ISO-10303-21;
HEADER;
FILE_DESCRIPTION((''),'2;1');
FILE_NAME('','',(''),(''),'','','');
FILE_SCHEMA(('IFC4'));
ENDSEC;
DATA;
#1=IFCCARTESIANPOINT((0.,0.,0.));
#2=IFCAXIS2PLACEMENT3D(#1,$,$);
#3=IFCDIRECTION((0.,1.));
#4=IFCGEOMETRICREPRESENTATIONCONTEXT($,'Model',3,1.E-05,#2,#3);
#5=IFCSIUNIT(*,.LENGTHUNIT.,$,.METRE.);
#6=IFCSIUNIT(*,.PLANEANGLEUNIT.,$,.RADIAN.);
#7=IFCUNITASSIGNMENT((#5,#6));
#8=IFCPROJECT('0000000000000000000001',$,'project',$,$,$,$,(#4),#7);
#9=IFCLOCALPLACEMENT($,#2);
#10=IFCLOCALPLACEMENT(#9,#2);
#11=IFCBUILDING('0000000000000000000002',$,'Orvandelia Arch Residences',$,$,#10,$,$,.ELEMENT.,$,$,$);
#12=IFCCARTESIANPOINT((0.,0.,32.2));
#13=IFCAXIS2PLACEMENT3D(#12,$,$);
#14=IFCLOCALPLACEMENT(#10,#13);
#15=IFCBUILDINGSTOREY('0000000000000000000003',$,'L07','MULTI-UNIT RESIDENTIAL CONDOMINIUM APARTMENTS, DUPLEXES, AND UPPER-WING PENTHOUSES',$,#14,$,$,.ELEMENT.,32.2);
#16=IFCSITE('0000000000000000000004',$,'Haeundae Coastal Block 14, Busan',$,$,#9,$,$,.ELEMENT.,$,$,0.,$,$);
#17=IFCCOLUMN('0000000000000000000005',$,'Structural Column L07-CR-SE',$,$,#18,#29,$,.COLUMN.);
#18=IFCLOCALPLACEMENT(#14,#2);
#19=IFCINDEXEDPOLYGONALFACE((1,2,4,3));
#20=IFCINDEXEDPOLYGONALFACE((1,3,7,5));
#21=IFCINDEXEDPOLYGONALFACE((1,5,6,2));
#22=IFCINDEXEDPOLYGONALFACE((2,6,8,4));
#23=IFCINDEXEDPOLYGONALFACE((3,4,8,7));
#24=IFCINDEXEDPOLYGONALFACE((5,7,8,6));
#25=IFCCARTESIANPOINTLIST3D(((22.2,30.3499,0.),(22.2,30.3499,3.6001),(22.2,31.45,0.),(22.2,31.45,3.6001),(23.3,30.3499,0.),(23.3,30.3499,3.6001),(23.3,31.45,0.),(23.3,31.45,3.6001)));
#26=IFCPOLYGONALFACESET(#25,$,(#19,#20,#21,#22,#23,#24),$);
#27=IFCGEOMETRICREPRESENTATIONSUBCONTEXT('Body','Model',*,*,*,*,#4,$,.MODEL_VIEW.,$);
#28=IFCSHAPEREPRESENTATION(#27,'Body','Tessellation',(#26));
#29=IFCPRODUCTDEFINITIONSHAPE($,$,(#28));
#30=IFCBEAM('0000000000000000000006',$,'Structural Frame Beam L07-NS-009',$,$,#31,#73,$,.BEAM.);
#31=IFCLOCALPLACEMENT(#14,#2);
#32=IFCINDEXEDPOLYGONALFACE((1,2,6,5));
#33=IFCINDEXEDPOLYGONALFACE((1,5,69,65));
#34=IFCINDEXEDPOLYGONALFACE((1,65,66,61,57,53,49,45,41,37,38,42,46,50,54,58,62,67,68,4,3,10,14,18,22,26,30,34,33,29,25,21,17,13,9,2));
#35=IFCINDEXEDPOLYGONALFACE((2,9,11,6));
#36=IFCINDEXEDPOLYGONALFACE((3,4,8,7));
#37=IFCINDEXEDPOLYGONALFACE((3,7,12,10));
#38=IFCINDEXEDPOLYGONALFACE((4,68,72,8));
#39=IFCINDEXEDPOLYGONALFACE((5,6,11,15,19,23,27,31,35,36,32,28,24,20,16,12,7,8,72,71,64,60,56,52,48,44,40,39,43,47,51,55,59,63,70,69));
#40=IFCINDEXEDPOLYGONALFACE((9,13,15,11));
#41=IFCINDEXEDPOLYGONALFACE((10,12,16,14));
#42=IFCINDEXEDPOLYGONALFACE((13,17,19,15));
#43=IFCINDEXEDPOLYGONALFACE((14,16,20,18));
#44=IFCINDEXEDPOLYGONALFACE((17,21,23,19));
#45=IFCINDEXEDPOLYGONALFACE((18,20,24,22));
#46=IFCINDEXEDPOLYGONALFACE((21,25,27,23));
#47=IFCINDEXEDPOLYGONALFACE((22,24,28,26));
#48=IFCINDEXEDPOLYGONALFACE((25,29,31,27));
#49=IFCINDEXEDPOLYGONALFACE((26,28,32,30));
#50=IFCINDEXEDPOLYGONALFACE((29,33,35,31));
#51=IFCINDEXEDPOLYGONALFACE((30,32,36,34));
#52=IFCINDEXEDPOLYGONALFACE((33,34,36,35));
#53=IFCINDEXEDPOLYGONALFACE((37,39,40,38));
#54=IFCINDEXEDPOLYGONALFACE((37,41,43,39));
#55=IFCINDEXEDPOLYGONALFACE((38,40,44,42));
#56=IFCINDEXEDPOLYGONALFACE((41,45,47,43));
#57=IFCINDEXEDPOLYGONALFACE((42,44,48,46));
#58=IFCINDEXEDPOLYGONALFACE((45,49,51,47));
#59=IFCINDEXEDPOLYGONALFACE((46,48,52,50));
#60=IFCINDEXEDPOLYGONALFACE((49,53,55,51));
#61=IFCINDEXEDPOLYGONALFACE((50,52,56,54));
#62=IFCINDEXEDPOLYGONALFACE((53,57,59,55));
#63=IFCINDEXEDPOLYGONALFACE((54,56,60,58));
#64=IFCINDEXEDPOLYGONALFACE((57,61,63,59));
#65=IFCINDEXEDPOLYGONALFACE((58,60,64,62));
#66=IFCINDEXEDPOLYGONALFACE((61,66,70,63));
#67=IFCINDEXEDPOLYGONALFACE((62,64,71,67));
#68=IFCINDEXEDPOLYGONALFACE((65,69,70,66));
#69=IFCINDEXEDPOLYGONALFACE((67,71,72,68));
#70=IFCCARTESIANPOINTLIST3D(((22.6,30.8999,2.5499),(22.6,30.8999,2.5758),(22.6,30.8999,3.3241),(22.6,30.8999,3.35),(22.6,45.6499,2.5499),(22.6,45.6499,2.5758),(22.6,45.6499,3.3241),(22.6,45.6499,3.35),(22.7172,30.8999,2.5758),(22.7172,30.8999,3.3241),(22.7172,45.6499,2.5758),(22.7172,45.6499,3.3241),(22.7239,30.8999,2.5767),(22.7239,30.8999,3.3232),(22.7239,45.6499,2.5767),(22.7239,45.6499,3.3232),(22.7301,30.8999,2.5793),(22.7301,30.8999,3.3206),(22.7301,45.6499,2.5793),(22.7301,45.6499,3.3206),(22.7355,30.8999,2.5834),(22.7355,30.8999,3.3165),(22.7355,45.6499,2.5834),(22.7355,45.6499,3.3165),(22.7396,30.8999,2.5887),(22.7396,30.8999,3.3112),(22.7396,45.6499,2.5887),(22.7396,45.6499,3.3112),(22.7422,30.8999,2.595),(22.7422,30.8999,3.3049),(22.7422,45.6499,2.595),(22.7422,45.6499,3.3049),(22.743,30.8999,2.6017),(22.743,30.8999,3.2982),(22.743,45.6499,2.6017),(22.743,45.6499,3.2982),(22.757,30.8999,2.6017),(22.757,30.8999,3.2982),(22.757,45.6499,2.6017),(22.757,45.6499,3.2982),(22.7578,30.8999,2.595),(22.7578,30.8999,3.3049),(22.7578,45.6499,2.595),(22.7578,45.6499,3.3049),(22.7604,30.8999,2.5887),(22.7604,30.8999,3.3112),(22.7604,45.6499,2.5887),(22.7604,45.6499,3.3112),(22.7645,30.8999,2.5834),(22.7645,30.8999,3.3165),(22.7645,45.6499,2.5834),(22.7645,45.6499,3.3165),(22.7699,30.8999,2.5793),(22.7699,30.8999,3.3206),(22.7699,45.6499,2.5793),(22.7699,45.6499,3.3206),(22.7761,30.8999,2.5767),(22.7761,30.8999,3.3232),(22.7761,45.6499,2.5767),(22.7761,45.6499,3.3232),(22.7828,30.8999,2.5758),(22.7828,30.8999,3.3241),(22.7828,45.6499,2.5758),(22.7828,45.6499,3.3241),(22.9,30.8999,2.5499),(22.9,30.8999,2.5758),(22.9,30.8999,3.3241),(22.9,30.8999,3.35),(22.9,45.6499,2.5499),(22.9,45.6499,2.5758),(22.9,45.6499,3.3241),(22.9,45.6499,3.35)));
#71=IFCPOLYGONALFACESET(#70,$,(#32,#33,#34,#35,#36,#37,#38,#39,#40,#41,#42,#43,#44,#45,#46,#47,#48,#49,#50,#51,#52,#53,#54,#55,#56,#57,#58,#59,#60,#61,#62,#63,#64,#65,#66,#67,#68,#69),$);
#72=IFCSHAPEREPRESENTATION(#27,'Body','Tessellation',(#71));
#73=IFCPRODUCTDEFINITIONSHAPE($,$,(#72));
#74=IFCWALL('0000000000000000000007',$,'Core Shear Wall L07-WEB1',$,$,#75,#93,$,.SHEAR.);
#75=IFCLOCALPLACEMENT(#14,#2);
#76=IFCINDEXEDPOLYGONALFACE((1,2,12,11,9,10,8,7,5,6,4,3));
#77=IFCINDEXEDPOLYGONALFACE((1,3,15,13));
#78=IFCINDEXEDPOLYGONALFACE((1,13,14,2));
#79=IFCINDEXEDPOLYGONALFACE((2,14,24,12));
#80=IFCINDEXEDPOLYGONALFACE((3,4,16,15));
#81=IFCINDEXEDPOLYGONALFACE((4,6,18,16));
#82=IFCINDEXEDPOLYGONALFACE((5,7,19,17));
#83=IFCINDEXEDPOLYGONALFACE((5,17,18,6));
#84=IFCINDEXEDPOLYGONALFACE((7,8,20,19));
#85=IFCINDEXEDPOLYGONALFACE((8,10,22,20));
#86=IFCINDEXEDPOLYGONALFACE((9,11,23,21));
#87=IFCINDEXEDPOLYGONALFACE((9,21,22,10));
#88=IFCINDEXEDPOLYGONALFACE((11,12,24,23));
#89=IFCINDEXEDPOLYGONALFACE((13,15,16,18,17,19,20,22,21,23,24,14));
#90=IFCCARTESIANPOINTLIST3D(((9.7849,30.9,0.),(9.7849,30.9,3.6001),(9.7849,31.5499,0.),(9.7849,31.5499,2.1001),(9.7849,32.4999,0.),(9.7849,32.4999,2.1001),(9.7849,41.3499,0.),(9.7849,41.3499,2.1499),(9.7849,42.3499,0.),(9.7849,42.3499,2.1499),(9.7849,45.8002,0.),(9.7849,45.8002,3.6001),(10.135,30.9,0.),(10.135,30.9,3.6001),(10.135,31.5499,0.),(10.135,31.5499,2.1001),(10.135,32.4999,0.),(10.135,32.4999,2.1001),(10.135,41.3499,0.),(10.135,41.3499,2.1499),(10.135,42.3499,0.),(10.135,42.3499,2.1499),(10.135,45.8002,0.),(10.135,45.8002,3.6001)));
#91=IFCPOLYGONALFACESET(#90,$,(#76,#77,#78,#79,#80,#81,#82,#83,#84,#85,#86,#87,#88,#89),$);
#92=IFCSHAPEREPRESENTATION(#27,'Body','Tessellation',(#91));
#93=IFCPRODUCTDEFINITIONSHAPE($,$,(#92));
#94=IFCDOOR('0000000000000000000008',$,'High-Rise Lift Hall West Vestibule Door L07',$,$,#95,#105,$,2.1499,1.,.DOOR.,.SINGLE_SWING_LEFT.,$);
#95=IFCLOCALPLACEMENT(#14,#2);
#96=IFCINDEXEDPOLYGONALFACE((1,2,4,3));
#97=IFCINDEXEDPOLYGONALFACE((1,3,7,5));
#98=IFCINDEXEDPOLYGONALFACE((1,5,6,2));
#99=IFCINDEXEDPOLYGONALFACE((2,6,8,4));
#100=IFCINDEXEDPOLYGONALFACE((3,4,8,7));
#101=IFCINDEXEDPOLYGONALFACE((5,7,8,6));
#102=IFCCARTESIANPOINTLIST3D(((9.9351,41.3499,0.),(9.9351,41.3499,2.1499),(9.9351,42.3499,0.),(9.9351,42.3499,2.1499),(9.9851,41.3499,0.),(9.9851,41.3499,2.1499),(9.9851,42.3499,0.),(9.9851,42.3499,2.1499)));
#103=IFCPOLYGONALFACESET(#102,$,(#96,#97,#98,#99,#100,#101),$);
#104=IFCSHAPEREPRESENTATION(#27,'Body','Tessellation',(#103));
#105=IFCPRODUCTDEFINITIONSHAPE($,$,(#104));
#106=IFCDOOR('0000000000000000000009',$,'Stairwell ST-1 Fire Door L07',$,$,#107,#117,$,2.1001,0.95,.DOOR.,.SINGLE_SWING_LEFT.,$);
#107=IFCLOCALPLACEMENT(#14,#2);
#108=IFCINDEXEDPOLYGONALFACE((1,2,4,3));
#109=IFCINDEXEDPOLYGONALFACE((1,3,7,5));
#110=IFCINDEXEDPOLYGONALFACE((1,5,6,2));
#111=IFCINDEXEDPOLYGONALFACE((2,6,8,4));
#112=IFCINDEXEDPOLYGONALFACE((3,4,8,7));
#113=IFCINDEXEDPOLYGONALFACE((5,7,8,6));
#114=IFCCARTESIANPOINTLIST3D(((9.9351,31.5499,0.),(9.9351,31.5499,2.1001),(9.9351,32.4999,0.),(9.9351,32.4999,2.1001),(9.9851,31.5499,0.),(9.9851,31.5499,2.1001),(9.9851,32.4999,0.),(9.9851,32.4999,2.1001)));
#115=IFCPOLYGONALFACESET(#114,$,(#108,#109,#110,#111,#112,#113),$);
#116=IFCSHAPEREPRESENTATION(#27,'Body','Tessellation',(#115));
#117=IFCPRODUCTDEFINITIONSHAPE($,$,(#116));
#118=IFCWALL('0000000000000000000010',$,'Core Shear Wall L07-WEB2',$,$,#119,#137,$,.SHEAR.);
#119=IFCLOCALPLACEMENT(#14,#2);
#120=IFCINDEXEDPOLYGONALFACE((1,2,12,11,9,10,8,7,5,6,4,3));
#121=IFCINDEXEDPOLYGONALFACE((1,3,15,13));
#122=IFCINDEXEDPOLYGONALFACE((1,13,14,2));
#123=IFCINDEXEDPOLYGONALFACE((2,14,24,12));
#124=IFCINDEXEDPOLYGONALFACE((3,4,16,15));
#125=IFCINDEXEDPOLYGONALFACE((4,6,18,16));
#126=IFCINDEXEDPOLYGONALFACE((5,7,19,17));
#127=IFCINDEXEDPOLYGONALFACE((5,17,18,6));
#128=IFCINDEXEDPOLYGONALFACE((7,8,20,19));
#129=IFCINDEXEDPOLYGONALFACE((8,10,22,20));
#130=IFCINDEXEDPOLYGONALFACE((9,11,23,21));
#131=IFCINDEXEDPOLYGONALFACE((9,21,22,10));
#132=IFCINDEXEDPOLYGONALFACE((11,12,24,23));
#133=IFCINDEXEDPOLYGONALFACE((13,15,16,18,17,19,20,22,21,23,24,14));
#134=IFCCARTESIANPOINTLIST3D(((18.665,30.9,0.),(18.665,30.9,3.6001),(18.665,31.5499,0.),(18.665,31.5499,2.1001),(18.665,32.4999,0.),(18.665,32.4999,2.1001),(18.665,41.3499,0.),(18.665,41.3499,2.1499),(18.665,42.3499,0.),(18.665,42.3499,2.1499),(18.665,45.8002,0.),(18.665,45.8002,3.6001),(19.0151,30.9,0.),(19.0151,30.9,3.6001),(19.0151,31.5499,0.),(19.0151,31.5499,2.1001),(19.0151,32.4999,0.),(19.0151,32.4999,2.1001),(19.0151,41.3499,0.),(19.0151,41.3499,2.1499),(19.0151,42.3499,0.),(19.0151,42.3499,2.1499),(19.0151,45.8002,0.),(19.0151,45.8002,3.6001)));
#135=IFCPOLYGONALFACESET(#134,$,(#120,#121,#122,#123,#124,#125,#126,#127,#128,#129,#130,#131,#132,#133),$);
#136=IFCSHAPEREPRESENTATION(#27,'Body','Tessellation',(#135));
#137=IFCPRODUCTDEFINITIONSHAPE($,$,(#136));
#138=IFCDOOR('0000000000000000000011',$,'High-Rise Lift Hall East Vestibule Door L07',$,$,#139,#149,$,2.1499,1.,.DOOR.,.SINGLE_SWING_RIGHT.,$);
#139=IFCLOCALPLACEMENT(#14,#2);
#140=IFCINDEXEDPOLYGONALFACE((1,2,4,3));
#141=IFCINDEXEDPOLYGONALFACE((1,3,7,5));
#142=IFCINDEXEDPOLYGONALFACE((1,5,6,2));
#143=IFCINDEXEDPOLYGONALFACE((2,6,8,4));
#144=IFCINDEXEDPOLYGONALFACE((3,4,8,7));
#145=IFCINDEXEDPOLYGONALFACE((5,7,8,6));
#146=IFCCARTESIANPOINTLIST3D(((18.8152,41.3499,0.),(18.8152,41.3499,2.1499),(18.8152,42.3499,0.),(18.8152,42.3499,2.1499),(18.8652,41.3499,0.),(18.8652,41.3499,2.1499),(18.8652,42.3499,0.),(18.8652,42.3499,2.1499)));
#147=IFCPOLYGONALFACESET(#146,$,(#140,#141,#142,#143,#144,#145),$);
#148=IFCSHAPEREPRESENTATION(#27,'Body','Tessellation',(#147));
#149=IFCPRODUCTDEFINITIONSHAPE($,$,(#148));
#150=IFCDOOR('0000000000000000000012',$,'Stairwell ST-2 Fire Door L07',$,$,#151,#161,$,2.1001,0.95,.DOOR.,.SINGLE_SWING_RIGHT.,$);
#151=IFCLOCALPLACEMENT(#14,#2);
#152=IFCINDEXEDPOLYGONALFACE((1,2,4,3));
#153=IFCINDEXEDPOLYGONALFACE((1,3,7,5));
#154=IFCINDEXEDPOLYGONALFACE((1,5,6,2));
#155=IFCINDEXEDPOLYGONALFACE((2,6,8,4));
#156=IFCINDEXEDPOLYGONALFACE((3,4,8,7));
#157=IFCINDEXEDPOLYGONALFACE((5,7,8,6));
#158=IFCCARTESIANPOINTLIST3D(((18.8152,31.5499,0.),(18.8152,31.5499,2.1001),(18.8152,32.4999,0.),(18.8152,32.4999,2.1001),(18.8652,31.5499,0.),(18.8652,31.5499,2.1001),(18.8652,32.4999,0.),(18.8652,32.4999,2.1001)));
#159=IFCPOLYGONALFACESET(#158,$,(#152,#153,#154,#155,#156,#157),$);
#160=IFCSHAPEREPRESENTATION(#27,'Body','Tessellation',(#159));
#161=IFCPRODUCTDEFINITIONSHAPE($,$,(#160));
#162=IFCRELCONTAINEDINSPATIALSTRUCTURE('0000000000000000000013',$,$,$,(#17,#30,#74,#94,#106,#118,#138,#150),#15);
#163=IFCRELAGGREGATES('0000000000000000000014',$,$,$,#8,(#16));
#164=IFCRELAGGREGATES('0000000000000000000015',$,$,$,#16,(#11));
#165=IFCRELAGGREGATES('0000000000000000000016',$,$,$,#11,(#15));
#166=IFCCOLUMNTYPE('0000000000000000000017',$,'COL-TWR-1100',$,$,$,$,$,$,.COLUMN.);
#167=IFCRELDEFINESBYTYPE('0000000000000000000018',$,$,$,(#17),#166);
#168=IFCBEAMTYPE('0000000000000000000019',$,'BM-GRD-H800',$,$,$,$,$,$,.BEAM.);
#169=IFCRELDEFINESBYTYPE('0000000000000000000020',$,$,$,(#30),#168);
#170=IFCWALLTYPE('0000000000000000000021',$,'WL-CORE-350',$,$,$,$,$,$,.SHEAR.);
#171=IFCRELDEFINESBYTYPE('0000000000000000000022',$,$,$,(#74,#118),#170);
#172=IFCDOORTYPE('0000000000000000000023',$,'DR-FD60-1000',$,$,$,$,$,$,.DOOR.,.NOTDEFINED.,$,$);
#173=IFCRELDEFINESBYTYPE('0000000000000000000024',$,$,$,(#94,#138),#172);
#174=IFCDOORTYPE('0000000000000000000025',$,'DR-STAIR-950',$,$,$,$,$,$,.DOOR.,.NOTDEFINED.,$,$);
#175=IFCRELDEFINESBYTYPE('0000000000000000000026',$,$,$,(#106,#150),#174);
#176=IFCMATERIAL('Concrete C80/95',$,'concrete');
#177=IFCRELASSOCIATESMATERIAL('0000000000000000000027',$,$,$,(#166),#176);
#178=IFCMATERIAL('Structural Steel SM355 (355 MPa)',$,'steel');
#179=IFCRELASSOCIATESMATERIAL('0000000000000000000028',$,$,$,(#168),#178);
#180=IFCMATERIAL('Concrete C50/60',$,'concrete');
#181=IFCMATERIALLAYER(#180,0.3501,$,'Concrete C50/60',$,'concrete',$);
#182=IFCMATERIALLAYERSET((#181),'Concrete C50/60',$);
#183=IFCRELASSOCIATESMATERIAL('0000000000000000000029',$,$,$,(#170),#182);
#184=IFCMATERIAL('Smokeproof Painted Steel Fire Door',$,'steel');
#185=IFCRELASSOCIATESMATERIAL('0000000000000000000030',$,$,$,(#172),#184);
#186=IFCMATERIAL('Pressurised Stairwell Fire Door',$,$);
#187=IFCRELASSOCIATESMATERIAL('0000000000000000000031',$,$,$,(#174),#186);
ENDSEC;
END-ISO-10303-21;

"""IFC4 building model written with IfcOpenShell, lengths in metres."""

from ifc_helpers import new_model, si_unit, direction, frame, frame_2d, origin, origin_2d, place, context, subcontext, project, spatial, rectangle, i_section, extrude, material, layer, layer_set, material_profile, profile_set, type_object, element, fill, save


model = new_model("IFC4")

# Units and contexts
model_context = context("Model", 3, precision=1e-05, world=origin(), true_north=direction((0.0, 1.0)))
body_context = subcontext(model_context, "Body", "Model", "MODEL_VIEW")
ifc_project = project(units=[si_unit("LENGTHUNIT", "METRE"), si_unit("PLANEANGLEUNIT", "RADIAN")], contexts=[model_context])

# Site, building, storey
site_placement = place(None, origin())
site = spatial("IfcSite", under=ifc_project, at=site_placement, Name="Haeundae Coastal Block 14, Busan", CompositionType="ELEMENT", RefElevation=0.0)
building_placement = place(site_placement, origin())
building = spatial("IfcBuilding", under=site, at=building_placement, Name="Orvandelia Arch Residences", CompositionType="ELEMENT")
storey_placement = place(building_placement, frame((0.0, 0.0, 32.2)))
storey = spatial("IfcBuildingStorey", under=building, at=storey_placement, Name="L07", Description="MULTI-UNIT RESIDENTIAL CONDOMINIUM APARTMENTS, DUPLEXES, AND UPPER-WING PENTHOUSES", CompositionType="ELEMENT", Elevation=32.2)

# Column
ifc_material_1 = material(Name="Concrete C80/95", Category="concrete")
ifc_material_profile_1 = material_profile(ifc_material_1, rectangle(XDim=1.1001, YDim=1.1001, at=origin_2d()), Name="Concrete C80/95", Category="concrete")
ifc_profile_set_1 = profile_set([ifc_material_profile_1], Name="Concrete C80/95")
column_type = type_object("IfcColumnType", Name="COL-TWR-1100", PredefinedType="COLUMN", material=ifc_profile_set_1)
column_placement = place(storey_placement, frame((22.75, 30.8999, 0.0), z_axis=(0.0, 0.0, 1.0), x_axis=(1.0, 0.0, 0.0)))
element("IfcColumn", 1, at=column_placement, inside=storey, type_object=column_type, Name="Structural Column L07-CR-SE", PredefinedType="COLUMN", context=body_context, shape_type="SweptSolid", body=[
    extrude(rectangle(XDim=1.1001, YDim=1.1001, at=origin_2d()), origin(), (0.0, 0.0, 1.0), 3.6001),
])

# Beam
ifc_material_2 = material(Name="Structural Steel SM355 (355 MPa)", Category="steel")
ifc_material_profile_2 = material_profile(ifc_material_2, i_section(OverallWidth=0.3, OverallDepth=0.8, WebThickness=0.0139, FlangeThickness=0.0259, FilletRadius=0.0259, at=origin_2d()), Name="Structural Steel SM355 (355 MPa)", Category="steel")
ifc_profile_set_2 = profile_set([ifc_material_profile_2], Name="Structural Steel SM355 (355 MPa)")
beam_type = type_object("IfcBeamType", Name="BM-GRD-H800", PredefinedType="BEAM", material=ifc_profile_set_2)
beam_placement = place(storey_placement, frame((22.75, 30.8999, 2.95), z_axis=(0.0, 1.0, 0.0), x_axis=(-1.0, 0.0, 0.0)))
element("IfcBeam", 2, at=beam_placement, inside=storey, type_object=beam_type, Name="Structural Frame Beam L07-NS-009", PredefinedType="BEAM", context=body_context, shape_type="SweptSolid", body=[
    extrude(i_section(OverallWidth=0.3, OverallDepth=0.8, WebThickness=0.0139, FlangeThickness=0.0259, FilletRadius=0.0259, at=origin_2d()), origin(), (0.0, 0.0, 1.0), 14.75),
])

# Walls, openings, doors
ifc_material_3 = material(Name="Concrete C50/60", Category="concrete")
ifc_layer_1 = layer(ifc_material_3, 0.3501, Name="Concrete C50/60", Category="concrete")
ifc_layer_set_1 = layer_set([ifc_layer_1], Name="Concrete C50/60")
wall_type_1 = type_object("IfcWallType", Name="WL-CORE-350", PredefinedType="SHEAR", material=ifc_layer_set_1)
wall_1_placement = place(storey_placement, frame((9.96, 30.8999, 0.0), z_axis=(0.0, 0.0, 1.0), x_axis=(0.0, 1.0, 0.0)))
wall_1 = element("IfcWall", 3, at=wall_1_placement, inside=storey, type_object=wall_type_1, Name="Core Shear Wall L07-WEB1", PredefinedType="SHEAR", context=body_context, shape_type="SweptSolid", body=[
    extrude(rectangle(XDim=14.9001, YDim=0.3501, at=frame_2d((7.4502, 0.0))), origin(), (0.0, 0.0, 1.0), 3.6001),
])
opening_1_placement = place(wall_1_placement, frame((0.6499, 0.0, 0.0)))
opening_1 = element("IfcOpeningElement", 4, at=opening_1_placement, cuts=wall_1, PredefinedType="OPENING", context=body_context, shape_type="SweptSolid", body=[
    extrude(rectangle(XDim=0.95, YDim=2.1001, at=frame_2d((0.4751, 1.05))), frame((0.0, 0.1851, 0.0), z_axis=(0.0, -1.0, 0.0), x_axis=(1.0, 0.0, 0.0)), (0.0, 0.0, 1.0), 0.3701),
])
opening_2_placement = place(wall_1_placement, frame((10.45, 0.0, 0.0)))
opening_2 = element("IfcOpeningElement", 5, at=opening_2_placement, cuts=wall_1, PredefinedType="OPENING", context=body_context, shape_type="SweptSolid", body=[
    extrude(rectangle(XDim=1.0, YDim=2.1499, at=frame_2d((0.5, 1.075))), frame((0.0, 0.1851, 0.0), z_axis=(0.0, -1.0, 0.0), x_axis=(1.0, 0.0, 0.0)), (0.0, 0.0, 1.0), 0.3701),
])
ifc_material_4 = material(Name="Smokeproof Painted Steel Fire Door", Category="steel")
door_type_1 = type_object("IfcDoorType", Name="DR-FD60-1000", OperationType="NOTDEFINED", PredefinedType="DOOR", material=ifc_material_4)
door_1_placement = place(opening_2_placement, origin())
door_1 = element("IfcDoor", 6, at=door_1_placement, inside=storey, type_object=door_type_1, Name="High-Rise Lift Hall West Vestibule Door L07", OperationType="SINGLE_SWING_LEFT", OverallHeight=2.1499, OverallWidth=1.0, PredefinedType="DOOR", context=body_context, shape_type="SweptSolid", body=[
    extrude(rectangle(XDim=1.0, YDim=2.1499, at=frame_2d((0.5, 1.075))), frame((0.0, 0.0249, 0.0), z_axis=(0.0, -1.0, 0.0), x_axis=(1.0, 0.0, 0.0)), (0.0, 0.0, 1.0), 0.05),
])
fill(opening_2, door_1)
ifc_material_5 = material(Name="Pressurised Stairwell Fire Door")
door_type_2 = type_object("IfcDoorType", Name="DR-STAIR-950", OperationType="NOTDEFINED", PredefinedType="DOOR", material=ifc_material_5)
door_2_placement = place(opening_1_placement, origin())
door_2 = element("IfcDoor", 7, at=door_2_placement, inside=storey, type_object=door_type_2, Name="Stairwell ST-1 Fire Door L07", OperationType="SINGLE_SWING_LEFT", OverallHeight=2.1001, OverallWidth=0.95, PredefinedType="DOOR", context=body_context, shape_type="SweptSolid", body=[
    extrude(rectangle(XDim=0.95, YDim=2.1001, at=frame_2d((0.4751, 1.05))), frame((0.0, 0.0249, 0.0), z_axis=(0.0, -1.0, 0.0), x_axis=(1.0, 0.0, 0.0)), (0.0, 0.0, 1.0), 0.05),
])
fill(opening_1, door_2)
wall_2_placement = place(storey_placement, frame((18.8401, 30.8999, 0.0), z_axis=(0.0, 0.0, 1.0), x_axis=(0.0, 1.0, 0.0)))
wall_2 = element("IfcWall", 8, at=wall_2_placement, inside=storey, type_object=wall_type_1, Name="Core Shear Wall L07-WEB2", PredefinedType="SHEAR", context=body_context, shape_type="SweptSolid", body=[
    extrude(rectangle(XDim=14.9001, YDim=0.3501, at=frame_2d((7.4502, 0.0))), origin(), (0.0, 0.0, 1.0), 3.6001),
])
opening_3_placement = place(wall_2_placement, frame((0.6499, 0.0, 0.0)))
opening_3 = element("IfcOpeningElement", 9, at=opening_3_placement, cuts=wall_2, PredefinedType="OPENING", context=body_context, shape_type="SweptSolid", body=[
    extrude(rectangle(XDim=0.95, YDim=2.1001, at=frame_2d((0.4751, 1.05))), frame((0.0, 0.1851, 0.0), z_axis=(0.0, -1.0, 0.0), x_axis=(1.0, 0.0, 0.0)), (0.0, 0.0, 1.0), 0.3701),
])
opening_4_placement = place(wall_2_placement, frame((10.45, 0.0, 0.0)))
opening_4 = element("IfcOpeningElement", 10, at=opening_4_placement, cuts=wall_2, PredefinedType="OPENING", context=body_context, shape_type="SweptSolid", body=[
    extrude(rectangle(XDim=1.0, YDim=2.1499, at=frame_2d((0.5, 1.075))), frame((0.0, 0.1851, 0.0), z_axis=(0.0, -1.0, 0.0), x_axis=(1.0, 0.0, 0.0)), (0.0, 0.0, 1.0), 0.3701),
])
door_3_placement = place(opening_4_placement, origin())
door_3 = element("IfcDoor", 11, at=door_3_placement, inside=storey, type_object=door_type_1, Name="High-Rise Lift Hall East Vestibule Door L07", OperationType="SINGLE_SWING_RIGHT", OverallHeight=2.1499, OverallWidth=1.0, PredefinedType="DOOR", context=body_context, shape_type="SweptSolid", body=[
    extrude(rectangle(XDim=1.0, YDim=2.1499, at=frame_2d((0.5, 1.075))), frame((0.0, 0.0249, 0.0), z_axis=(0.0, -1.0, 0.0), x_axis=(1.0, 0.0, 0.0)), (0.0, 0.0, 1.0), 0.05),
])
fill(opening_4, door_3)
door_4_placement = place(opening_3_placement, origin())
door_4 = element("IfcDoor", 12, at=door_4_placement, inside=storey, type_object=door_type_2, Name="Stairwell ST-2 Fire Door L07", OperationType="SINGLE_SWING_RIGHT", OverallHeight=2.1001, OverallWidth=0.95, PredefinedType="DOOR", context=body_context, shape_type="SweptSolid", body=[
    extrude(rectangle(XDim=0.95, YDim=2.1001, at=frame_2d((0.4751, 1.05))), frame((0.0, 0.0249, 0.0), z_axis=(0.0, -1.0, 0.0), x_axis=(1.0, 0.0, 0.0)), (0.0, 0.0, 1.0), 0.05),
])
fill(opening_3, door_4)

save(model, "model.ifc")
